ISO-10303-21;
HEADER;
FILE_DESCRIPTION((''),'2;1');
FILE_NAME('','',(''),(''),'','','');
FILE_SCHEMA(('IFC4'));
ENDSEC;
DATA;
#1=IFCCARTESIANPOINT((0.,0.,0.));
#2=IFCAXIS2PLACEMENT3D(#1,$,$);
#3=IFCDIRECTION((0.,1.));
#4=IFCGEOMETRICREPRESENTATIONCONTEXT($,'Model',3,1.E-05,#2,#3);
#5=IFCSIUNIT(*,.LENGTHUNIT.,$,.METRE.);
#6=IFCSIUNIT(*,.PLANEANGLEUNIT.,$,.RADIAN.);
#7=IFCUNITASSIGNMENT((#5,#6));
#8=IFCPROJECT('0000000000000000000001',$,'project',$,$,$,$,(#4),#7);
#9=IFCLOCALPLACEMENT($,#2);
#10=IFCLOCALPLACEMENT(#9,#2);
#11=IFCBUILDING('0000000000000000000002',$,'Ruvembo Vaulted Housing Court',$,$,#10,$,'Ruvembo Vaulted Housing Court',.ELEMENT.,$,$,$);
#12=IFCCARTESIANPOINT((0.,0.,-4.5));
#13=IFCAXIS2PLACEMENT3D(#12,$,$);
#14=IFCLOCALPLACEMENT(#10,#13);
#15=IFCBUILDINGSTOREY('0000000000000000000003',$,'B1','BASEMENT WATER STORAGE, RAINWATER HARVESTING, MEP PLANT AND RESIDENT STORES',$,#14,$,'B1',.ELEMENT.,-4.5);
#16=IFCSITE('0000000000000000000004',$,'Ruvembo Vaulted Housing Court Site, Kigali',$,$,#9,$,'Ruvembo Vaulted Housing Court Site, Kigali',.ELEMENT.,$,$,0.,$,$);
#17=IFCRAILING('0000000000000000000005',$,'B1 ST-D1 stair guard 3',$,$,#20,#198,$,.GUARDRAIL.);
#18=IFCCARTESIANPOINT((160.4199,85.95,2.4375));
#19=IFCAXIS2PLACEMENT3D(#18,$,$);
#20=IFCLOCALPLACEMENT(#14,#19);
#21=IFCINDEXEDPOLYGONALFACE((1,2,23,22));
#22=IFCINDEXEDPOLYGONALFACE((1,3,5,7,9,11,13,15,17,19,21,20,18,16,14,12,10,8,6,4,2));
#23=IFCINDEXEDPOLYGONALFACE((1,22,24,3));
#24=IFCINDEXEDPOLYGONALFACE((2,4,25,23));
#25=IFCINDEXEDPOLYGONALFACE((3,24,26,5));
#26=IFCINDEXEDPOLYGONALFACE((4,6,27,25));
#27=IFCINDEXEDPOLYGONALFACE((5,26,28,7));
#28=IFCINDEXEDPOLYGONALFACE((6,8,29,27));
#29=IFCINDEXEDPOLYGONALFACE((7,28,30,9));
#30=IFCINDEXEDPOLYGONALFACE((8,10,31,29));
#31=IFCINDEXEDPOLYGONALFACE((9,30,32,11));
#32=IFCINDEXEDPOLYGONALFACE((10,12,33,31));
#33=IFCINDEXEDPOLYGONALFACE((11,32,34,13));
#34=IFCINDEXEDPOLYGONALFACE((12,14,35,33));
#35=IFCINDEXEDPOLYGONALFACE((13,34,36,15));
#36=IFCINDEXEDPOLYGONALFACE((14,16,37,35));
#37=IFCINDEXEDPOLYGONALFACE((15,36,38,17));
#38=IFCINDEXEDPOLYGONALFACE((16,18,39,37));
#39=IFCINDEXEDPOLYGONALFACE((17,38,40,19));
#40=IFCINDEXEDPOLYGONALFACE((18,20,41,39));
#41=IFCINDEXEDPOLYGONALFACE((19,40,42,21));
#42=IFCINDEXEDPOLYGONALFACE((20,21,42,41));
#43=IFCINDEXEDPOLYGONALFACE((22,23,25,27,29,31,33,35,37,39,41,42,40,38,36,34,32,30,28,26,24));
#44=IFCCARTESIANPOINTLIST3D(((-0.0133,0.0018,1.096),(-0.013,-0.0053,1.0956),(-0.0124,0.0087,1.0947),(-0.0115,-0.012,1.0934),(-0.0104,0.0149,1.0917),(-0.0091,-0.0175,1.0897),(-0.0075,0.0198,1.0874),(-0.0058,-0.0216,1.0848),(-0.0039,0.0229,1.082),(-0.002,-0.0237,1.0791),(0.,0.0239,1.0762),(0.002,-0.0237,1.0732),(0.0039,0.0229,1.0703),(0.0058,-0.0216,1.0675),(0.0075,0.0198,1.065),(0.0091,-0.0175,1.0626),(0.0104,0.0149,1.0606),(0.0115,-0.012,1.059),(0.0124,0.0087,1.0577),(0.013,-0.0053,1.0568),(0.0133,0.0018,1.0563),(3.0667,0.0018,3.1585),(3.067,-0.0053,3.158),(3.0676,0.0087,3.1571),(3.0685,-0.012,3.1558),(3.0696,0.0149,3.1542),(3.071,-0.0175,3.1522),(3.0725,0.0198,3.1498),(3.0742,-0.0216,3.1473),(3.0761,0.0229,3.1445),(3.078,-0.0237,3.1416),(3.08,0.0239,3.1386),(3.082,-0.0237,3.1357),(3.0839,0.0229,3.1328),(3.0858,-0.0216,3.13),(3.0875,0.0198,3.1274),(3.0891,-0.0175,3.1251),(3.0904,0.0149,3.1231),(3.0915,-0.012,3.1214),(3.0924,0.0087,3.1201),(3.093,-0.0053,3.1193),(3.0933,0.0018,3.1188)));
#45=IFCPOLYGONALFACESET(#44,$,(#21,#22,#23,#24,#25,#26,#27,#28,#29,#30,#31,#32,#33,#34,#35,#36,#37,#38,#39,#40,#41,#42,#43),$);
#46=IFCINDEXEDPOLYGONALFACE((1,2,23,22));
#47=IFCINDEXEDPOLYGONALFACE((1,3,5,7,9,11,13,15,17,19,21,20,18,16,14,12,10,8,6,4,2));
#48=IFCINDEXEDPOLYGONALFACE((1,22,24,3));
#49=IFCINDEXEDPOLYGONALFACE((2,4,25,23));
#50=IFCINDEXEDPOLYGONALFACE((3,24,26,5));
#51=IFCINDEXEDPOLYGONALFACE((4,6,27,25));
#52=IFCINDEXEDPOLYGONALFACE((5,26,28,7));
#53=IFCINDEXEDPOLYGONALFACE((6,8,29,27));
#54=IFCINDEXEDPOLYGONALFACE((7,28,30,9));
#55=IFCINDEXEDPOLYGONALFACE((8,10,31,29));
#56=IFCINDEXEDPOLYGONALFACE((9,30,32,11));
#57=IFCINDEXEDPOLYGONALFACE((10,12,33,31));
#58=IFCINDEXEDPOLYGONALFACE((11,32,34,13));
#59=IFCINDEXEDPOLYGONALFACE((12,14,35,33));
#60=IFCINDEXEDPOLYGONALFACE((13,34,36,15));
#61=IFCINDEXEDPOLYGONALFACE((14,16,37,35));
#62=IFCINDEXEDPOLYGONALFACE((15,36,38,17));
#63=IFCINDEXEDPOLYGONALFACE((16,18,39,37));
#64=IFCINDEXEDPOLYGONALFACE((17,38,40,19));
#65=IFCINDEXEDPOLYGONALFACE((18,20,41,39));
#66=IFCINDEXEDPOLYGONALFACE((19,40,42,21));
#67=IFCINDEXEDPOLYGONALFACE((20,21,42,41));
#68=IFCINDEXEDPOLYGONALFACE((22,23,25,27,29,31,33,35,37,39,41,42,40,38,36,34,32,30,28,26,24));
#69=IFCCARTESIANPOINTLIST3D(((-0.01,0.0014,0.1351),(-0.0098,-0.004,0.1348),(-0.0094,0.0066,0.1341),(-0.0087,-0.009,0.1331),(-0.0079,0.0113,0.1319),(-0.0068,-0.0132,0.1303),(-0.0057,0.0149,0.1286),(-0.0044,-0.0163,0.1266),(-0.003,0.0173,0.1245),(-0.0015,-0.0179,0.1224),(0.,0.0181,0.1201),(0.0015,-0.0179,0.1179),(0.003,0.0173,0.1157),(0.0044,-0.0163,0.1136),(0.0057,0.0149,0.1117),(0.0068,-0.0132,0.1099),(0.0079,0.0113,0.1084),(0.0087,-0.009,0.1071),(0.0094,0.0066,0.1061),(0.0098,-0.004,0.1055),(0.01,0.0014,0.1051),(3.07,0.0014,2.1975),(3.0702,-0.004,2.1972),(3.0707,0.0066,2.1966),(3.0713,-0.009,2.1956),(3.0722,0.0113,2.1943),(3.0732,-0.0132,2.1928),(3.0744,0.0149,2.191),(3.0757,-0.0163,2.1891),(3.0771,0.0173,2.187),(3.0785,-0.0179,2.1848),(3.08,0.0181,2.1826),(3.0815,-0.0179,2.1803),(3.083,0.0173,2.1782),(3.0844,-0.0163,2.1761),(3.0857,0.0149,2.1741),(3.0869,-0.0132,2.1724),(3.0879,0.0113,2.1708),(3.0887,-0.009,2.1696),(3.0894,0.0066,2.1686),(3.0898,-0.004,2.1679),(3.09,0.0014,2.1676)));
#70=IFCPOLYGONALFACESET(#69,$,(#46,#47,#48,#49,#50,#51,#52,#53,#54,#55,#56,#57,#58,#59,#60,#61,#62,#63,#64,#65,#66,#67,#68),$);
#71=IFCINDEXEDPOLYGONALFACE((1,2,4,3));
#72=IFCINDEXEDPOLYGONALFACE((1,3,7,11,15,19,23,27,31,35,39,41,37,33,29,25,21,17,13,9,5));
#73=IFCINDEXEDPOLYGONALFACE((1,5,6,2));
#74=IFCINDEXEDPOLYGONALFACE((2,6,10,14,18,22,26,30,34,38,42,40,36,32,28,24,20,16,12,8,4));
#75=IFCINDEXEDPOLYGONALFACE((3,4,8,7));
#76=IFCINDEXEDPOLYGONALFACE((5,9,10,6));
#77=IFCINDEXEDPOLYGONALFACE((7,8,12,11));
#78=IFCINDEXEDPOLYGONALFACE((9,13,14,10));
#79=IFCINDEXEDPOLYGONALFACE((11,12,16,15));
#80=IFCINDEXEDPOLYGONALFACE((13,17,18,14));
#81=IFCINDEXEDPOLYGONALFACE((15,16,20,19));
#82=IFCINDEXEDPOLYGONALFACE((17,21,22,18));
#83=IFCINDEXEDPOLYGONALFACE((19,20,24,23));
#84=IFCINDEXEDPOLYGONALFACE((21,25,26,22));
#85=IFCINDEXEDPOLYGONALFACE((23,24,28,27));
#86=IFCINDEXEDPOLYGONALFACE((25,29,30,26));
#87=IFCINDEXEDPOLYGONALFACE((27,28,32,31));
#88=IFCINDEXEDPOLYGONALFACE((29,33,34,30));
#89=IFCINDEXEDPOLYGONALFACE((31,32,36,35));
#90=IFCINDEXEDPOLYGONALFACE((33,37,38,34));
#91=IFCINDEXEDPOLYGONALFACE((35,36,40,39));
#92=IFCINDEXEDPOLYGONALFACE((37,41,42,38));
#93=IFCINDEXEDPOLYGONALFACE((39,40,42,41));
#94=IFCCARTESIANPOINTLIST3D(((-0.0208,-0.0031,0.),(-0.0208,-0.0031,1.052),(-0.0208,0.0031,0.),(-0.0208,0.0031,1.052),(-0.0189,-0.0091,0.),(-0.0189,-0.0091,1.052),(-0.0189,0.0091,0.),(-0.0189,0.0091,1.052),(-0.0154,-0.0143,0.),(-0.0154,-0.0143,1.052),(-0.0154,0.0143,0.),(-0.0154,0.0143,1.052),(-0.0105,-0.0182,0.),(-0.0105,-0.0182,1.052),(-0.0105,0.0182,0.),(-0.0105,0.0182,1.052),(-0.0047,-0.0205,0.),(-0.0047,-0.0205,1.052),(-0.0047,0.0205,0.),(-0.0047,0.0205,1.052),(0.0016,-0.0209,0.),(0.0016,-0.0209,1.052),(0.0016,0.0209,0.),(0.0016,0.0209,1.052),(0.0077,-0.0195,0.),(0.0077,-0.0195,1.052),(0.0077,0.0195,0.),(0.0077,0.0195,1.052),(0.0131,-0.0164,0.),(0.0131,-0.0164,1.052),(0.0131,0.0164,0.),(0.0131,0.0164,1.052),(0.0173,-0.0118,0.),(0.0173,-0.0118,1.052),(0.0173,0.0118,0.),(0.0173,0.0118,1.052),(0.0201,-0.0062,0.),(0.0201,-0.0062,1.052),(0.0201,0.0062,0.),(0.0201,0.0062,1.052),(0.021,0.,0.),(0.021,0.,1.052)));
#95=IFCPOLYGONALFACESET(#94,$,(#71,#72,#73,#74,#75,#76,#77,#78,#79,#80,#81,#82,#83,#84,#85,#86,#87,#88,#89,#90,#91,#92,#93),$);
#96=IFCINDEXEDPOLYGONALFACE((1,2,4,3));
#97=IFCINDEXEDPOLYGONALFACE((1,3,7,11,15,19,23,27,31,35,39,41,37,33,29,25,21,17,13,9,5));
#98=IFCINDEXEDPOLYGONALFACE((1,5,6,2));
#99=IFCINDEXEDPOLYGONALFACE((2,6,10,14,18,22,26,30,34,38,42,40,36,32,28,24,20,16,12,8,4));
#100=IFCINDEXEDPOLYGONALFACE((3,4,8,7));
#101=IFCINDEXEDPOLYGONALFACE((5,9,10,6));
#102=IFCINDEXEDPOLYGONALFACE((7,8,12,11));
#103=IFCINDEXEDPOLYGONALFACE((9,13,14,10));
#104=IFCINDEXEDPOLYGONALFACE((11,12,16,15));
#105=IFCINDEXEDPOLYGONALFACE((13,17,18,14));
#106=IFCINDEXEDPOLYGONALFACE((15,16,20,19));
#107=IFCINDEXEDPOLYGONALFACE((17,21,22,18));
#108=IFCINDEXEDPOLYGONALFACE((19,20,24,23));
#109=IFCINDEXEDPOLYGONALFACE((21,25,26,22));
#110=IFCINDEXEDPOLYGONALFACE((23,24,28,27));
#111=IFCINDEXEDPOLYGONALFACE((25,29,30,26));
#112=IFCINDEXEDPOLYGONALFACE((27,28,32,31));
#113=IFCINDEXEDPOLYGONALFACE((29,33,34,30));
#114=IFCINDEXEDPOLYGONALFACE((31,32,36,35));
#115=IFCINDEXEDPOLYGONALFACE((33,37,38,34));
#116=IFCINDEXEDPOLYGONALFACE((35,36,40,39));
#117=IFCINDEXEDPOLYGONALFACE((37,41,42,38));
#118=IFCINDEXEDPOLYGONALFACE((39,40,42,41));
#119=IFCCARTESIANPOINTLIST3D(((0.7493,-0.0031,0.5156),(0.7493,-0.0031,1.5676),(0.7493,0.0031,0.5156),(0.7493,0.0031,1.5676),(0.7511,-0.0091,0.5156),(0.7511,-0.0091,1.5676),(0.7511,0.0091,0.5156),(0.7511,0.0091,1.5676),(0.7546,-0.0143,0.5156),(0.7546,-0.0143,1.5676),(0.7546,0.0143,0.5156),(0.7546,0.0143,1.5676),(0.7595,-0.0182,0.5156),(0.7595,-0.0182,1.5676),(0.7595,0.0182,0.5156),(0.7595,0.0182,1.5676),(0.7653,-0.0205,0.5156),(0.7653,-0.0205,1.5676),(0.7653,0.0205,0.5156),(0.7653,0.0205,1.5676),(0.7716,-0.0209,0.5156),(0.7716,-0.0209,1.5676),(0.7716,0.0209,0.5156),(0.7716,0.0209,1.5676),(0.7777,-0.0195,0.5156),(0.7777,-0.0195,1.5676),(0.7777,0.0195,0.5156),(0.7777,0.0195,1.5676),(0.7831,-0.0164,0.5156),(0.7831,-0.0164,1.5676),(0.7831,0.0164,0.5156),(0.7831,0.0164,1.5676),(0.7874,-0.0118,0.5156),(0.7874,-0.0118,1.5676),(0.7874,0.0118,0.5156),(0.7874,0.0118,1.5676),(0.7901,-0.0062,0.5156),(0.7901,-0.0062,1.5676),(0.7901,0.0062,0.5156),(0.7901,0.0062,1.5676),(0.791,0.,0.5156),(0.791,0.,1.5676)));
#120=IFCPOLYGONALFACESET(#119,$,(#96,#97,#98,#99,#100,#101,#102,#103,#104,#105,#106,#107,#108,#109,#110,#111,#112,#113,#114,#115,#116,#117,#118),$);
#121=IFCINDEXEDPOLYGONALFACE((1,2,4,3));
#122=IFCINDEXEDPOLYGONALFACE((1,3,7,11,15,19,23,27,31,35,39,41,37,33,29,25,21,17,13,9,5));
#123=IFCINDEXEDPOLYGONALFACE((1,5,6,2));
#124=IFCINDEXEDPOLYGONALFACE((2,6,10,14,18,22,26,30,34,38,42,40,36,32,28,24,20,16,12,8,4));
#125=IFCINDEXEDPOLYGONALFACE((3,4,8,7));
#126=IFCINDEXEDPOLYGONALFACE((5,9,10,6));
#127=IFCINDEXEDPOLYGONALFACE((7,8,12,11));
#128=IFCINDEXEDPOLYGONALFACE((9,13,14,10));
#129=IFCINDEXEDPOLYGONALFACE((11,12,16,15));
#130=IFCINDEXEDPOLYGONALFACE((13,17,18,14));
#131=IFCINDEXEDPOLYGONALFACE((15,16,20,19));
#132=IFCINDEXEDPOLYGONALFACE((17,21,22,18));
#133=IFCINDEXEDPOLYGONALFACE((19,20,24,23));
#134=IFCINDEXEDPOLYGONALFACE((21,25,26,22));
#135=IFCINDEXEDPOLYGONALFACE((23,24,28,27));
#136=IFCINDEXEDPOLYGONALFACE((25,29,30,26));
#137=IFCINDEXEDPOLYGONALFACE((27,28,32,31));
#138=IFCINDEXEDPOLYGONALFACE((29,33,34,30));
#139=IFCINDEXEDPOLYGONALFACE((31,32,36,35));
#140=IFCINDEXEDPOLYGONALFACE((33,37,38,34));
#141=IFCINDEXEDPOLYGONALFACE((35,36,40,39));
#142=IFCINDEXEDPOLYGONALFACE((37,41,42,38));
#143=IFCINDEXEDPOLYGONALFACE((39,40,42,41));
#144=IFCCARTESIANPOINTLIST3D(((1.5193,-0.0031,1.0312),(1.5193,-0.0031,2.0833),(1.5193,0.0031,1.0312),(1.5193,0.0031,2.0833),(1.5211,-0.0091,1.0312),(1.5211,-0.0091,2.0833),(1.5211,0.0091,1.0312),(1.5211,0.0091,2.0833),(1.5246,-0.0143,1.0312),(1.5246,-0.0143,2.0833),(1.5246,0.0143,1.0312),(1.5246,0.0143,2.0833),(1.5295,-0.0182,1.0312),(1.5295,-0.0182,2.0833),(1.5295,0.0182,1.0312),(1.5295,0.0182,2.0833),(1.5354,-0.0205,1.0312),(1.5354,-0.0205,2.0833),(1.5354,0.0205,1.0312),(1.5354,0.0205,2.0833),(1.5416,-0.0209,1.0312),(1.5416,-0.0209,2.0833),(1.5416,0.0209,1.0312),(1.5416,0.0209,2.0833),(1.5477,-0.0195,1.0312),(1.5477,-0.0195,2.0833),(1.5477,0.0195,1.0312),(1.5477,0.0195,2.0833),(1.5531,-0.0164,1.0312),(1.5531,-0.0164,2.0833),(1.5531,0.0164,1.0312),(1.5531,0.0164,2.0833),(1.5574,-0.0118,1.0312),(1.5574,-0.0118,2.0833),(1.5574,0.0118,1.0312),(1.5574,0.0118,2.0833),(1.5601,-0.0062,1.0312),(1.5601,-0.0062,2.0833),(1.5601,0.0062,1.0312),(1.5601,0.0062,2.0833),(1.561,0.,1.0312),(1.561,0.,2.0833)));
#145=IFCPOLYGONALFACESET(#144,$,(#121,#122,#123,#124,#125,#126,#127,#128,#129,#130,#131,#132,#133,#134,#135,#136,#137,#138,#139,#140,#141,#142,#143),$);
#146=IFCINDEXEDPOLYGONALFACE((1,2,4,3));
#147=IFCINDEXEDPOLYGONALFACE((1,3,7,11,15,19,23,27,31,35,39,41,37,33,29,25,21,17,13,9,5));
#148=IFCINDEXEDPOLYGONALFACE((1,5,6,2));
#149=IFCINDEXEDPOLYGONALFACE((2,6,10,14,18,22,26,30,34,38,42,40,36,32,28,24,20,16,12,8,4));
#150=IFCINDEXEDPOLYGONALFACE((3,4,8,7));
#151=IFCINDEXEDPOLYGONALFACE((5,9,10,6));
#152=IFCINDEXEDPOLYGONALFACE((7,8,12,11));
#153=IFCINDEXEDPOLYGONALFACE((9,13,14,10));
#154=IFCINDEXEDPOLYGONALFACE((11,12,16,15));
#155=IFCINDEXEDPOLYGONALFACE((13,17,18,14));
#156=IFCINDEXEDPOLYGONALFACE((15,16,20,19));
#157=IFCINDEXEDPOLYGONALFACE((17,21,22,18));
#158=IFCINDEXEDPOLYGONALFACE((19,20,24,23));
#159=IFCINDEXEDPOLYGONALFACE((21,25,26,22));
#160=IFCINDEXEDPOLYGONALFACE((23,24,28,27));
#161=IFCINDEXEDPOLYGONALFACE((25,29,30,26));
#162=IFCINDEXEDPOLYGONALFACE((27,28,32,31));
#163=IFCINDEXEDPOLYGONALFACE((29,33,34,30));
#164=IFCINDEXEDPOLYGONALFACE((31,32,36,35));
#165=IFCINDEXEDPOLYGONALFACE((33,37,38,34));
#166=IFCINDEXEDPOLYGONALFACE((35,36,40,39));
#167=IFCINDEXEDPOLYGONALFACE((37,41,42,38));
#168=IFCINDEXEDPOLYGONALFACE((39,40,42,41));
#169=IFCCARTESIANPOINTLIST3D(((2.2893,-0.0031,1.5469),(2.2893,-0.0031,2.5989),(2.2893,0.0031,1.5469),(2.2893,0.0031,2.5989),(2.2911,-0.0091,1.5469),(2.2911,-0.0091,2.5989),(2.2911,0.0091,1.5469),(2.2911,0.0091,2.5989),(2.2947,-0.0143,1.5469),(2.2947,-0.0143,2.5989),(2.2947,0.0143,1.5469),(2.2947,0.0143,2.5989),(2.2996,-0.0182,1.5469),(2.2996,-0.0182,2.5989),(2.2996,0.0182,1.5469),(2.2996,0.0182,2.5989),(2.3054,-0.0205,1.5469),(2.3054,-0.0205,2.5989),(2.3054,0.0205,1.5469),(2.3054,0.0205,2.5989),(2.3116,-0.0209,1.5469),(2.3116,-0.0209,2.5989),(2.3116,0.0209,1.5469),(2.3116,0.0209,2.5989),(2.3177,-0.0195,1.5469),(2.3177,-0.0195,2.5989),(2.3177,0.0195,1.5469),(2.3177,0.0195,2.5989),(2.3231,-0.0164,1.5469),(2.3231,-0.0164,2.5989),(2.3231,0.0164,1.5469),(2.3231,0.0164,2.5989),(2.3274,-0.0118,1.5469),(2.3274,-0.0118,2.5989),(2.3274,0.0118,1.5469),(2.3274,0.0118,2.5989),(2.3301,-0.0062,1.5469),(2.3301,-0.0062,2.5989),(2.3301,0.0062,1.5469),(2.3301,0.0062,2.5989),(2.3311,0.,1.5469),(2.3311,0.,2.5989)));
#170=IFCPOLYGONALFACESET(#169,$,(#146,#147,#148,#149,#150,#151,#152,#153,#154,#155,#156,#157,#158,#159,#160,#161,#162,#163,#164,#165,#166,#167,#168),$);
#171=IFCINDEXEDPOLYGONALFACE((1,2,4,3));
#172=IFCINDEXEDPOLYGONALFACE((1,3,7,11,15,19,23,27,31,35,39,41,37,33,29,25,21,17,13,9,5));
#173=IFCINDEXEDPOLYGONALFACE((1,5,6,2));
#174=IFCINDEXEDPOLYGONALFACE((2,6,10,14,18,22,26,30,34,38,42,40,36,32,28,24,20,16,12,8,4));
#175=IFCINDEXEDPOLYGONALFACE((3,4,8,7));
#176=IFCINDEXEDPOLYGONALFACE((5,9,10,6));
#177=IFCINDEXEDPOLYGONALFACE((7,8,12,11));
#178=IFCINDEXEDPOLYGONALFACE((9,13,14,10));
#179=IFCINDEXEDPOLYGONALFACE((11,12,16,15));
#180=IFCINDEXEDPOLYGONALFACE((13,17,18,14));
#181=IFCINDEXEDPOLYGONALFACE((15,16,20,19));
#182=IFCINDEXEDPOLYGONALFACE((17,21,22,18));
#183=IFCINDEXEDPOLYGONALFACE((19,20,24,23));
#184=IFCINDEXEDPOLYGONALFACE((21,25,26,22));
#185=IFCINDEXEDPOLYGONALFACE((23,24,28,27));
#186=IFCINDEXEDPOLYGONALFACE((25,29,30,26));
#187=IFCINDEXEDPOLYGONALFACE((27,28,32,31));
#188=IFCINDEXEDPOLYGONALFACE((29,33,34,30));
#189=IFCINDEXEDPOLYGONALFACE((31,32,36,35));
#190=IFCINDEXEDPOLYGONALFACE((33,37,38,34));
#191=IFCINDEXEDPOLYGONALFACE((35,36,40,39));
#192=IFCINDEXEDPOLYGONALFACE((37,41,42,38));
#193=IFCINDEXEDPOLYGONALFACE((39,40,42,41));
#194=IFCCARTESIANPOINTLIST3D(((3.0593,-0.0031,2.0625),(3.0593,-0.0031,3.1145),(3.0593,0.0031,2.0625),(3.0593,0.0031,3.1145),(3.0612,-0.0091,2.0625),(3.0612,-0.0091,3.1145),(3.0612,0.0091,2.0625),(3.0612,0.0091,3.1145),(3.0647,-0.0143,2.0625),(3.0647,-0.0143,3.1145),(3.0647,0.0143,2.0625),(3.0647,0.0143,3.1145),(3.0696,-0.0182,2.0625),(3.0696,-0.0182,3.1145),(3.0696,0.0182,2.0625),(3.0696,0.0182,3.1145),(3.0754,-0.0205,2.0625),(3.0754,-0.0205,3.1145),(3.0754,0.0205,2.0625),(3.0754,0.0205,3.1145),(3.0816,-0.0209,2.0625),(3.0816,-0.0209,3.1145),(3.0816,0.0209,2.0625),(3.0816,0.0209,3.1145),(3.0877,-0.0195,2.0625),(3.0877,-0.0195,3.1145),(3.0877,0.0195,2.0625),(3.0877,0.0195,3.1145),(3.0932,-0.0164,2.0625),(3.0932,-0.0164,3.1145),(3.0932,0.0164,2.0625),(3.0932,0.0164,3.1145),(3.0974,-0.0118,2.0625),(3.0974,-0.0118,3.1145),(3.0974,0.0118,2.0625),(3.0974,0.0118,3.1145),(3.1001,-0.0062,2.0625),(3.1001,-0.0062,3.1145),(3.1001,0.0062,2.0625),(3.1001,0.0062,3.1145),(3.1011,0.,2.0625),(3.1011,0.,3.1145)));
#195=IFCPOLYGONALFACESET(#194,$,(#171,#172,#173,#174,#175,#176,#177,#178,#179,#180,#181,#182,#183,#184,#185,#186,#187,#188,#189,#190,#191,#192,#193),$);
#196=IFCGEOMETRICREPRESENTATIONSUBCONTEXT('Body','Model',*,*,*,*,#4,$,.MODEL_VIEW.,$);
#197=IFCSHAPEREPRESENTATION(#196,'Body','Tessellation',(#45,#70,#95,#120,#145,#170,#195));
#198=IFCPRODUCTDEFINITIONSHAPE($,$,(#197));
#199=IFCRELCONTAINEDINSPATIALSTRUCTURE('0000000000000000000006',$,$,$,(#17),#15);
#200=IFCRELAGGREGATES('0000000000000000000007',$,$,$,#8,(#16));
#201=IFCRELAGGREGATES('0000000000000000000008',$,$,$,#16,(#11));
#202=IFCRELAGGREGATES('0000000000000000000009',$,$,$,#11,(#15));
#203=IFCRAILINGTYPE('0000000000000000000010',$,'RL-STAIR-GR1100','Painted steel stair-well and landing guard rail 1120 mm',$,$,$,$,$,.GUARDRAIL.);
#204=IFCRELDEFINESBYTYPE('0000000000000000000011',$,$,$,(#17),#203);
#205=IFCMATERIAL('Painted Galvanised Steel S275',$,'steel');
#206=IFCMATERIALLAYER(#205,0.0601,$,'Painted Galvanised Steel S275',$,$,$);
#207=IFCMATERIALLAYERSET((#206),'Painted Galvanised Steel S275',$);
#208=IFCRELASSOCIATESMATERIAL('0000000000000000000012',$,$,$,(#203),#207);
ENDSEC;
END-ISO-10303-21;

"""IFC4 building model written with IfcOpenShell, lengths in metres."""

from ifc_helpers import new_model, si_unit, direction, frame, origin, origin_2d, place, context, subcontext, project, spatial, circle, extrude, material, layer, layer_set, type_object, element, save


model = new_model("IFC4")

# Units and contexts
model_context = context("Model", 3, precision=1e-05, world=origin(), true_north=direction((0.0, 1.0)))
body_context = subcontext(model_context, "Body", "Model", "MODEL_VIEW")
ifc_project = project(units=[si_unit("LENGTHUNIT", "METRE"), si_unit("PLANEANGLEUNIT", "RADIAN")], contexts=[model_context])

# Site, building, storey
site_placement = place(None, origin())
site = spatial("IfcSite", under=ifc_project, at=site_placement, Name="Ruvembo Vaulted Housing Court Site, Kigali", LongName="Ruvembo Vaulted Housing Court Site, Kigali", CompositionType="ELEMENT", RefElevation=0.0)
building_placement = place(site_placement, origin())
building = spatial("IfcBuilding", under=site, at=building_placement, Name="Ruvembo Vaulted Housing Court", LongName="Ruvembo Vaulted Housing Court", CompositionType="ELEMENT")
storey_placement = place(building_placement, frame((0.0, 0.0, -4.5)))
storey = spatial("IfcBuildingStorey", under=building, at=storey_placement, Name="B1", Description="BASEMENT WATER STORAGE, RAINWATER HARVESTING, MEP PLANT AND RESIDENT STORES", LongName="B1", CompositionType="ELEMENT", Elevation=-4.5)

# Railing
ifc_material_1 = material(Name="Painted Galvanised Steel S275", Category="steel")
ifc_layer_1 = layer(ifc_material_1, 0.0601, Name="Painted Galvanised Steel S275")
ifc_layer_set_1 = layer_set([ifc_layer_1], Name="Painted Galvanised Steel S275")
railing_type_1 = type_object("IfcRailingType", Name="RL-STAIR-GR1100", Description="Painted steel stair-well and landing guard rail 1120 mm", PredefinedType="GUARDRAIL", material=ifc_layer_set_1)
railing_1_placement = place(storey_placement, frame((160.4199, 85.95, 2.4375)))
element("IfcRailing", 1, at=railing_1_placement, inside=storey, type_object=railing_type_1, Name="B1 ST-D1 stair guard 3", PredefinedType="GUARDRAIL", context=body_context, shape_type="SweptSolid", body=[
    extrude(circle(Radius=0.0239, at=origin_2d()), frame((0.0, 0.0, 1.0762), z_axis=(0.830914, 0.0, 0.556401), x_axis=(0.0, 1.0, 0.0)), (0.0, 0.0, 1.0), 3.7068),
    extrude(circle(Radius=0.0181, at=origin_2d()), frame((0.0, 0.0, 0.1201), z_axis=(0.830914, 0.0, 0.556401), x_axis=(0.0, 1.0, 0.0)), (0.0, 0.0, 1.0), 3.7068),
    extrude(circle(Radius=0.021, at=origin_2d()), origin(), (0.0, 0.0, 1.0), 1.052),
    extrude(circle(Radius=0.021, at=origin_2d()), frame((0.77, 0.0, 0.5156)), (0.0, 0.0, 1.0), 1.052),
    extrude(circle(Radius=0.021, at=origin_2d()), frame((1.54, 0.0, 1.0312)), (0.0, 0.0, 1.0), 1.052),
    extrude(circle(Radius=0.021, at=origin_2d()), frame((2.3101, 0.0, 1.5469)), (0.0, 0.0, 1.0), 1.052),
    extrude(circle(Radius=0.021, at=origin_2d()), frame((3.0801, 0.0, 2.0625)), (0.0, 0.0, 1.0), 1.052),
])

save(model, "model.ifc")
